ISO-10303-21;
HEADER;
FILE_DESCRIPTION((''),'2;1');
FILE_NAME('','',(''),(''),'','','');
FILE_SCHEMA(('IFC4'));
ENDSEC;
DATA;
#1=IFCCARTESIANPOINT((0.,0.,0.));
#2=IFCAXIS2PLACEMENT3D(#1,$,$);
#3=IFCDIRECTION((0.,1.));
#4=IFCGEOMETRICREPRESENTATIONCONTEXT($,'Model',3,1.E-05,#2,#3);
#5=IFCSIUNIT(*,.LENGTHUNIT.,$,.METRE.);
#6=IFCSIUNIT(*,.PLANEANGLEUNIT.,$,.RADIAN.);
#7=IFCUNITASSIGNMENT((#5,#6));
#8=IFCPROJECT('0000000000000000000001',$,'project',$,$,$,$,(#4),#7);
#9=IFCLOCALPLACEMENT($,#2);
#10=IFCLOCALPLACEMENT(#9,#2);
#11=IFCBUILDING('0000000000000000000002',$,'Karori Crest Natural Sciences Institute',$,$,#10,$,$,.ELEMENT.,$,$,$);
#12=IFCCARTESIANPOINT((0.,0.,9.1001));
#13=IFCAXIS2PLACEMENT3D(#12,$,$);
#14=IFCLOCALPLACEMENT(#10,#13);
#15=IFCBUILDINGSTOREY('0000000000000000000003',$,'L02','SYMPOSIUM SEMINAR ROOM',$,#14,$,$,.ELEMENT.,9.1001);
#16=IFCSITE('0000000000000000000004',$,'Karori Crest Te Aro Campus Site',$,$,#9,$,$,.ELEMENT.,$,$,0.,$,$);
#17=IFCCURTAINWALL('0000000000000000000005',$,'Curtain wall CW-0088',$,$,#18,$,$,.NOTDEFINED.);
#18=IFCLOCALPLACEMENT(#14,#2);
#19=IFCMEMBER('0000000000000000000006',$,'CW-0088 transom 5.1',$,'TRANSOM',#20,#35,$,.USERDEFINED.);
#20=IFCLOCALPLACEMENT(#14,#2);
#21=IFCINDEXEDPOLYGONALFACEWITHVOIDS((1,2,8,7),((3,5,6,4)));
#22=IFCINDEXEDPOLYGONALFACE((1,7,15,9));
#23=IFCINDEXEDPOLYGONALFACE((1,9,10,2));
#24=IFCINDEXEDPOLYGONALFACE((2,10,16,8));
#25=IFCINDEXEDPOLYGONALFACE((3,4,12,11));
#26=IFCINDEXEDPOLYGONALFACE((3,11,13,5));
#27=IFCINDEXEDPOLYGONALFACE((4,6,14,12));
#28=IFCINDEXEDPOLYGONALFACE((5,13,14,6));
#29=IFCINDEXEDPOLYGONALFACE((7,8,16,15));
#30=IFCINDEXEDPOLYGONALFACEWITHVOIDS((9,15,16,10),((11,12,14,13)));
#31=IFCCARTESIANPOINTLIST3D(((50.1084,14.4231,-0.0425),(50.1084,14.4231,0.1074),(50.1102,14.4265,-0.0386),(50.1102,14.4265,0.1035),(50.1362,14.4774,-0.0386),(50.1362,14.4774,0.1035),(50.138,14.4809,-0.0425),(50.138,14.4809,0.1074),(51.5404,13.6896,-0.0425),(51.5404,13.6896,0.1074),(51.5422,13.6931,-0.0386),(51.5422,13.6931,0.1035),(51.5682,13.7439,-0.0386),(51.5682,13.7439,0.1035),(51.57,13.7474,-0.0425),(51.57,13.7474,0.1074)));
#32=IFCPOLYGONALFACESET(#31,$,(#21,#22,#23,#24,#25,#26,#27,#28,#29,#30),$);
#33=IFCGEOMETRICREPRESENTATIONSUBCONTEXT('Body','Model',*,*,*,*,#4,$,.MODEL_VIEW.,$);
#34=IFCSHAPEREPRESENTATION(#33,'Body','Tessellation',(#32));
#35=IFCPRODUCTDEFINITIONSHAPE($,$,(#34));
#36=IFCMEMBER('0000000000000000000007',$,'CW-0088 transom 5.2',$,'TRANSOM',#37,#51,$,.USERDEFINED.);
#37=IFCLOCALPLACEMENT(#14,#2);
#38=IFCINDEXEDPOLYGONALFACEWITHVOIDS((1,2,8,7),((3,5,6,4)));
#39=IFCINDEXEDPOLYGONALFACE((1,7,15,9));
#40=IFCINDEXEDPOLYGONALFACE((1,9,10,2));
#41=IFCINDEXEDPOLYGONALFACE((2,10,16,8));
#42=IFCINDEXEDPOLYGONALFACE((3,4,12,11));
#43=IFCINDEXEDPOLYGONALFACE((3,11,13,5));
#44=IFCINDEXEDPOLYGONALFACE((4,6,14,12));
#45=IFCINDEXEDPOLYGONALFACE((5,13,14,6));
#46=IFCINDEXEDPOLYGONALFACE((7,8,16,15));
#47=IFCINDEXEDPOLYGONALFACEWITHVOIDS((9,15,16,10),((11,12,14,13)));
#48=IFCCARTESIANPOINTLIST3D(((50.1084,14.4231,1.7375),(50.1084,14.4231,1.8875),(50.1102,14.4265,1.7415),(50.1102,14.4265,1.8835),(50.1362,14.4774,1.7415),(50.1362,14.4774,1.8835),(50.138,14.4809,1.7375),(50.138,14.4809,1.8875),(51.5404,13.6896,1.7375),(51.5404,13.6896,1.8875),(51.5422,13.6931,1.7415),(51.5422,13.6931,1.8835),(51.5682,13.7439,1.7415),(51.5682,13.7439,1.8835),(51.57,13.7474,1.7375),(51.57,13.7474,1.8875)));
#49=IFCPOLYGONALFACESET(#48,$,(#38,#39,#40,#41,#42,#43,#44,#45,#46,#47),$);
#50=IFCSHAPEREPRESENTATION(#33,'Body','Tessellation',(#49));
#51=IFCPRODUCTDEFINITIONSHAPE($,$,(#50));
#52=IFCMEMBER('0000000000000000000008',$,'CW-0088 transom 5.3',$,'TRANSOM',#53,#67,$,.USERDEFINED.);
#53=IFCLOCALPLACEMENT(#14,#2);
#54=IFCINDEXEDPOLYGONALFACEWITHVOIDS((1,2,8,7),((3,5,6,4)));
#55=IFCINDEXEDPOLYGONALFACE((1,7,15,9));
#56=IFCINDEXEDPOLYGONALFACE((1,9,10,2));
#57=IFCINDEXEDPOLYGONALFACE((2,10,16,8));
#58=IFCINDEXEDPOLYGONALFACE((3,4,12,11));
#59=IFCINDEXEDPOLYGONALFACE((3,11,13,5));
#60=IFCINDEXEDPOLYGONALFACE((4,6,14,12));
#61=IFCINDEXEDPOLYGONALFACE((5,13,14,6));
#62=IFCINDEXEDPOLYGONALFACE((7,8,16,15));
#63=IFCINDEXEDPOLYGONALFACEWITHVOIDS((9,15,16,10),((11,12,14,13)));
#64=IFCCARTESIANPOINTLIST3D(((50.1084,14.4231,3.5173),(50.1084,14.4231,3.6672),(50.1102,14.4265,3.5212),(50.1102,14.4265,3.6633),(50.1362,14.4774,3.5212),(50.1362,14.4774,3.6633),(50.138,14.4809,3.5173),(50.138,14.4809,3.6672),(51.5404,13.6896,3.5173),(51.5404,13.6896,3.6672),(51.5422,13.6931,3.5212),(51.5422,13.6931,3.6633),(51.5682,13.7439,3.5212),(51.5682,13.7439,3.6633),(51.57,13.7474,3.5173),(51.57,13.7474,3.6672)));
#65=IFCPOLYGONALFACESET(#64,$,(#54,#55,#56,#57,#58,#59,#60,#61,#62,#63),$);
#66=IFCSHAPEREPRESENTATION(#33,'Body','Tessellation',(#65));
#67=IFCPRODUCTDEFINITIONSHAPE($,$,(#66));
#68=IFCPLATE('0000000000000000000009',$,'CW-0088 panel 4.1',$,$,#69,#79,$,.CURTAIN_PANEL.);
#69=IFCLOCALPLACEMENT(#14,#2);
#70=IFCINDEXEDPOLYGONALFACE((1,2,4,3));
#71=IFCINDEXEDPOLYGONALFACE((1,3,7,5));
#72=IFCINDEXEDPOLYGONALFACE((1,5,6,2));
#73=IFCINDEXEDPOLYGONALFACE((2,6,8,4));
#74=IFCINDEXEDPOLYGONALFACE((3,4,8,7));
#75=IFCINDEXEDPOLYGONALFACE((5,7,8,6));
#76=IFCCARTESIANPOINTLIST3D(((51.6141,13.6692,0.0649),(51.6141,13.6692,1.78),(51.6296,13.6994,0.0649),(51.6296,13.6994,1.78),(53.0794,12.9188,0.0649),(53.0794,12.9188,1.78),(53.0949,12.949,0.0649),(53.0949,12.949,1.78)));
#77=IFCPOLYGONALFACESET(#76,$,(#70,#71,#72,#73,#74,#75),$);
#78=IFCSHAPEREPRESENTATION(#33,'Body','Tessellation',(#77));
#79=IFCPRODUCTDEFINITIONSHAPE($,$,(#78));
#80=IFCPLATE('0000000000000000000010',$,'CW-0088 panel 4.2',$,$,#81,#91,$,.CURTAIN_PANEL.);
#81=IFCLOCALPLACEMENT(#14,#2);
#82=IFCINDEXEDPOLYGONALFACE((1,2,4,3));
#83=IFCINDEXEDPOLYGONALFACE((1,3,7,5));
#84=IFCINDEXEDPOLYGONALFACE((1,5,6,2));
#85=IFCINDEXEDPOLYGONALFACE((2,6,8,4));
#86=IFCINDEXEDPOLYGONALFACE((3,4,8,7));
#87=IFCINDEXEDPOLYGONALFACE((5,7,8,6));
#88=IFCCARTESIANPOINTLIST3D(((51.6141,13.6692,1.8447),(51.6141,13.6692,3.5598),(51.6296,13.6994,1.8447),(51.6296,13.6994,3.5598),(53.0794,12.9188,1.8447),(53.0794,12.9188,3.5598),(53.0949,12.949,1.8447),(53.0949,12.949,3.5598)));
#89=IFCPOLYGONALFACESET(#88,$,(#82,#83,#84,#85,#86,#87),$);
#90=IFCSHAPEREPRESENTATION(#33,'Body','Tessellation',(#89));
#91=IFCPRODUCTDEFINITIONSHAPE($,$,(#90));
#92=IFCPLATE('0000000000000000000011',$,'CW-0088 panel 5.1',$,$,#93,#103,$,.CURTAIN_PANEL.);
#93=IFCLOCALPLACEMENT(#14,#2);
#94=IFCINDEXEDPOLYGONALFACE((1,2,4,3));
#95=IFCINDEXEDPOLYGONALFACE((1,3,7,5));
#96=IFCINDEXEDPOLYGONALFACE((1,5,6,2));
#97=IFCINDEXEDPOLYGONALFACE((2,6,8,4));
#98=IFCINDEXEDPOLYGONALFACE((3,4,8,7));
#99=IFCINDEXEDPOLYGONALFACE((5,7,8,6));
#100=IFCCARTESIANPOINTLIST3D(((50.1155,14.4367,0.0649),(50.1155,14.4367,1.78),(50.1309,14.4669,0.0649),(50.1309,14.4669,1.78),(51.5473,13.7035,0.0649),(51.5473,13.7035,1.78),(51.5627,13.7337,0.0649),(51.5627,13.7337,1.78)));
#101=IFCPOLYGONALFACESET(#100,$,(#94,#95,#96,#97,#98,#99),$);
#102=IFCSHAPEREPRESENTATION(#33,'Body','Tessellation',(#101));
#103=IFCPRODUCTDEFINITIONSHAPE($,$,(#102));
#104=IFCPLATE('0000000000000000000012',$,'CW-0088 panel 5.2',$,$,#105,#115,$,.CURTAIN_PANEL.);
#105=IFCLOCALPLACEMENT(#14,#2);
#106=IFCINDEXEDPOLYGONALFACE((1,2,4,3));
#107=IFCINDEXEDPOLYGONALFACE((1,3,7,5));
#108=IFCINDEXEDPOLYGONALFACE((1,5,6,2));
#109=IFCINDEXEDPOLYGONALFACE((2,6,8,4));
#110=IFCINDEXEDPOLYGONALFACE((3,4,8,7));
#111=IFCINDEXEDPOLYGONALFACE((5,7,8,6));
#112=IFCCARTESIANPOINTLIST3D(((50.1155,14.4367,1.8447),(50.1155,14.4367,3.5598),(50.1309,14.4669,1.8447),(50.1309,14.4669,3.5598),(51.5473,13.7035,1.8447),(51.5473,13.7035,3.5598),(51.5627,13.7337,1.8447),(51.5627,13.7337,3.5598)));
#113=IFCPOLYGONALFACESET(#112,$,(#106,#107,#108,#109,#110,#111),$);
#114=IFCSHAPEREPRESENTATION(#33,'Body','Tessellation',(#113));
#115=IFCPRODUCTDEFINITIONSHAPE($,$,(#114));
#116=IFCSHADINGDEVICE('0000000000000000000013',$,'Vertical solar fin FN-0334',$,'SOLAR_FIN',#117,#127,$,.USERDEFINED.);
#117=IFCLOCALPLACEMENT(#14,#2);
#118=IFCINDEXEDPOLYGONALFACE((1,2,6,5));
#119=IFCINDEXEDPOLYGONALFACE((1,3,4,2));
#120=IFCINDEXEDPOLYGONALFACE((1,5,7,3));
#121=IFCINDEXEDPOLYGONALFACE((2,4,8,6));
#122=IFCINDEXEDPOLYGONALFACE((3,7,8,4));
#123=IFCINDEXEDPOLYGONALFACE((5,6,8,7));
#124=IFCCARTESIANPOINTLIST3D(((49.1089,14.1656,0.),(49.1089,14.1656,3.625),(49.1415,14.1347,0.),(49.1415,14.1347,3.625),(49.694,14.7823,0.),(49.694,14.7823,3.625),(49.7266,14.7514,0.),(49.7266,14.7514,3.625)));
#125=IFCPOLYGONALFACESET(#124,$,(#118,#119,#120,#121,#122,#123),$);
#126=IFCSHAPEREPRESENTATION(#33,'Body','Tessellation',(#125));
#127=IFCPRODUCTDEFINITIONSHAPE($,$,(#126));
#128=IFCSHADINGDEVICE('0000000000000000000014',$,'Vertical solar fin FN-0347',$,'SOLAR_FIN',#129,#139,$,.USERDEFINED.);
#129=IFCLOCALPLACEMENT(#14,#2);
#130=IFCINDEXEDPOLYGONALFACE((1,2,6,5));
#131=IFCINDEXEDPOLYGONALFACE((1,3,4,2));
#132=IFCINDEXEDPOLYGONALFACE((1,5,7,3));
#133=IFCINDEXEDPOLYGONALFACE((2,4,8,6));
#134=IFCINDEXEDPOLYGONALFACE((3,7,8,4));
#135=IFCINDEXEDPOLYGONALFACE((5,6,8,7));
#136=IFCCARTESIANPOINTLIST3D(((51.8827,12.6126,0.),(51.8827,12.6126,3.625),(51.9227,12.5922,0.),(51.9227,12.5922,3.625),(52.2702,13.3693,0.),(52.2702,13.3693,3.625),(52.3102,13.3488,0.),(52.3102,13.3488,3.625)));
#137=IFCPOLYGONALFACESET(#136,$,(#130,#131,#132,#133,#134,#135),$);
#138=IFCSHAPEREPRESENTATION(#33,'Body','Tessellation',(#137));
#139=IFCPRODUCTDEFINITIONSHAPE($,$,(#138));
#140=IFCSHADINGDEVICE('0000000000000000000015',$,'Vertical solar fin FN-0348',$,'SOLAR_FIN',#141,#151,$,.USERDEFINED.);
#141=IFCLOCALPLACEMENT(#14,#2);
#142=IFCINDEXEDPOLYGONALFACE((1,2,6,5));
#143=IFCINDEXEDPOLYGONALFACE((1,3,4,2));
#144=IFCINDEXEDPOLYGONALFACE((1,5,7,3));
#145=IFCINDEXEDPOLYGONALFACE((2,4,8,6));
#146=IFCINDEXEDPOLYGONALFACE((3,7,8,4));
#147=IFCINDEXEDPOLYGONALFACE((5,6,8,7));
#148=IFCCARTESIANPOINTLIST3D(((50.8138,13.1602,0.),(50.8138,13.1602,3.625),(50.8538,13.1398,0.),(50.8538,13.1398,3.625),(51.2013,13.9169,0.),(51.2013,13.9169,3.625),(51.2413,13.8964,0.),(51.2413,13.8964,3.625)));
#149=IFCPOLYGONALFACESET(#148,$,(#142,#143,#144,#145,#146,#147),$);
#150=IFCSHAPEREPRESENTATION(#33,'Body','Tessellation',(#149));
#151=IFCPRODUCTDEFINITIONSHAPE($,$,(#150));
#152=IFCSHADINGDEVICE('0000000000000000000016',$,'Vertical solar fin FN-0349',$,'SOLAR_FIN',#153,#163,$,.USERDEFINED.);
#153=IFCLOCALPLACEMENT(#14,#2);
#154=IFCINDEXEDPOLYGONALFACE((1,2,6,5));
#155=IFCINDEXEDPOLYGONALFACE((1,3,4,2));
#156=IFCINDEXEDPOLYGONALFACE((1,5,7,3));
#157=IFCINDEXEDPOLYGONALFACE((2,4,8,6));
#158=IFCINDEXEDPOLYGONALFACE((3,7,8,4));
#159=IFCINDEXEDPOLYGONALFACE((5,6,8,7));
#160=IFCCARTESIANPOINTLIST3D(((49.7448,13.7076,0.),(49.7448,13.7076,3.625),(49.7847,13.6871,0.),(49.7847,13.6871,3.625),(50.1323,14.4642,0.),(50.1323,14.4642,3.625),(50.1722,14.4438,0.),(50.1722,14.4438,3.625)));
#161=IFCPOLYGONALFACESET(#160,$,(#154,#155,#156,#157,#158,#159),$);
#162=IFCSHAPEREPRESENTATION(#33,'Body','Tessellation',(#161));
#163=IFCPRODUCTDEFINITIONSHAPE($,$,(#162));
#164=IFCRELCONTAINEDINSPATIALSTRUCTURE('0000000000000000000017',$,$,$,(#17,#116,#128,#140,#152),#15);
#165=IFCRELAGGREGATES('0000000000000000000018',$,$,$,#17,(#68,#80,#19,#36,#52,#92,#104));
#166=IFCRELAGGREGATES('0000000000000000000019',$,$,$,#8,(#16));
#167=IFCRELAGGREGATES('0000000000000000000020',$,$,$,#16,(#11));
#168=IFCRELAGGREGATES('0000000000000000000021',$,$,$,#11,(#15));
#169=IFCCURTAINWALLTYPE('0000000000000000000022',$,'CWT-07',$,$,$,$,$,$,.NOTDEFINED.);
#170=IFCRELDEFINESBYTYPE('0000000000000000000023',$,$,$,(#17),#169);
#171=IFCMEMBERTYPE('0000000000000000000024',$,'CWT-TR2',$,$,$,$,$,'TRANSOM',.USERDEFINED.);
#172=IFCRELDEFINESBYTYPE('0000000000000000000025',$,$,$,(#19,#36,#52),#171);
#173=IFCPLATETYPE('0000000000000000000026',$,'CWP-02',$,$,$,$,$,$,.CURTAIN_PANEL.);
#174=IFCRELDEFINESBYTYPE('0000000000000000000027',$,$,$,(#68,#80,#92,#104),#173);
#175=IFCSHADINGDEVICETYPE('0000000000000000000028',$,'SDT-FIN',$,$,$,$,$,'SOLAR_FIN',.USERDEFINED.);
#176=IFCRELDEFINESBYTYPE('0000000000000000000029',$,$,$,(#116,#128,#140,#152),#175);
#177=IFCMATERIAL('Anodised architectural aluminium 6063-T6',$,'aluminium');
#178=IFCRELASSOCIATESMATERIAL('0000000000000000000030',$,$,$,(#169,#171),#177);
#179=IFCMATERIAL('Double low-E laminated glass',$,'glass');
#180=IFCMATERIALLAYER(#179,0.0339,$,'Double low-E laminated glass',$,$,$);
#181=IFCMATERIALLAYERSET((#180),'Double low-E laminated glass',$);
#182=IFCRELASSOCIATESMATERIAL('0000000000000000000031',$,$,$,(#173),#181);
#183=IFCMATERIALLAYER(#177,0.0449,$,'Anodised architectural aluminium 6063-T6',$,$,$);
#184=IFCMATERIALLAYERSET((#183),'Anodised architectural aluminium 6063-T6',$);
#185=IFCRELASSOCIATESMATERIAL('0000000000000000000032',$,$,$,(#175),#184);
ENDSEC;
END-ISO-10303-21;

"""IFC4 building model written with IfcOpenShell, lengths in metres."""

from ifc_helpers import new_model, si_unit, direction, frame, origin, origin_2d, place, context, subcontext, project, spatial, rectangle, hollow_rectangle, extrude, material, layer, layer_set, material_profile, profile_set, type_object, element, aggregate, save


model = new_model("IFC4")

# Units and contexts
model_context = context("Model", 3, precision=1e-05, world=origin(), true_north=direction((0.0, 1.0)))
body_context = subcontext(model_context, "Body", "Model", "MODEL_VIEW")
ifc_project = project(units=[si_unit("LENGTHUNIT", "METRE"), si_unit("PLANEANGLEUNIT", "RADIAN")], contexts=[model_context])

# Site, building, storey
site_placement = place(None, origin())
site = spatial("IfcSite", under=ifc_project, at=site_placement, Name="Karori Crest Te Aro Campus Site", CompositionType="ELEMENT", RefElevation=0.0)
building_placement = place(site_placement, origin())
building = spatial("IfcBuilding", under=site, at=building_placement, Name="Karori Crest Natural Sciences Institute", CompositionType="ELEMENT")
storey_placement = place(building_placement, frame((0.0, 0.0, 9.1001)))
storey = spatial("IfcBuildingStorey", under=building, at=storey_placement, Name="L02", Description="SYMPOSIUM SEMINAR ROOM", CompositionType="ELEMENT", Elevation=9.1001)

# Curtain wall, members, plates
ifc_material_1 = material(Name="Anodised architectural aluminium 6063-T6", Category="aluminium")
curtain_wall_type = type_object("IfcCurtainWallType", Name="CWT-07", PredefinedType="NOTDEFINED", material=ifc_material_1)
curtain_wall_placement = place(storey_placement, origin())
curtain_wall = element("IfcCurtainWall", 1, at=curtain_wall_placement, inside=storey, type_object=curtain_wall_type, Name="Curtain wall CW-0088", PredefinedType="NOTDEFINED")
ifc_material_profile_1 = material_profile(ifc_material_1, hollow_rectangle(XDim=0.0649, YDim=0.1499, WallThickness=0.0039, at=origin_2d()), Name="CWT150x65x4")
ifc_profile_set_1 = profile_set([ifc_material_profile_1], Name="Anodised architectural aluminium 6063-T6")
member_type_1 = type_object("IfcMemberType", Name="CWT-TR2", ElementType="TRANSOM", PredefinedType="USERDEFINED", material=ifc_profile_set_1)
member_1_placement = place(storey_placement, frame((51.5552, 13.7185, 0.0325), z_axis=(-0.890045, 0.455873, 0.0), x_axis=(-0.455873, -0.890045, 0.0)))
member_1 = element("IfcMember", 2, at=member_1_placement, type_object=member_type_1, Name="CW-0088 transom 5.1", ObjectType="TRANSOM", PredefinedType="USERDEFINED", context=body_context, shape_type="SweptSolid", body=[
    extrude(hollow_rectangle(XDim=0.0649, YDim=0.1499, WallThickness=0.0039, at=origin_2d()), origin(), (0.0, 0.0, 1.0), 1.6089),
])
member_2_placement = place(storey_placement, frame((51.5552, 13.7185, 1.8125), z_axis=(-0.890045, 0.455873, 0.0), x_axis=(-0.455873, -0.890045, 0.0)))
member_2 = element("IfcMember", 3, at=member_2_placement, type_object=member_type_1, Name="CW-0088 transom 5.2", ObjectType="TRANSOM", PredefinedType="USERDEFINED", context=body_context, shape_type="SweptSolid", body=[
    extrude(hollow_rectangle(XDim=0.0649, YDim=0.1499, WallThickness=0.0039, at=origin_2d()), origin(), (0.0, 0.0, 1.0), 1.6089),
])
member_3_placement = place(storey_placement, frame((51.5552, 13.7185, 3.5923), z_axis=(-0.890045, 0.455873, 0.0), x_axis=(-0.455873, -0.890045, 0.0)))
member_3 = element("IfcMember", 4, at=member_3_placement, type_object=member_type_1, Name="CW-0088 transom 5.3", ObjectType="TRANSOM", PredefinedType="USERDEFINED", context=body_context, shape_type="SweptSolid", body=[
    extrude(hollow_rectangle(XDim=0.0649, YDim=0.1499, WallThickness=0.0039, at=origin_2d()), origin(), (0.0, 0.0, 1.0), 1.6089),
])
ifc_material_2 = material(Name="Double low-E laminated glass", Category="glass")
ifc_layer_1 = layer(ifc_material_2, 0.0339, Name="Double low-E laminated glass")
ifc_layer_set_1 = layer_set([ifc_layer_1], Name="Double low-E laminated glass")
plate_type = type_object("IfcPlateType", Name="CWP-02", PredefinedType="CURTAIN_PANEL", material=ifc_layer_set_1)
plate_1_placement = place(storey_placement, frame((52.3545, 13.3091, 0.0649), z_axis=(0.0, 0.0, 1.0), x_axis=(-0.890065, 0.455833, 0.0)))
plate_1 = element("IfcPlate", 5, at=plate_1_placement, type_object=plate_type, Name="CW-0088 panel 4.1", PredefinedType="CURTAIN_PANEL", context=body_context, shape_type="SweptSolid", body=[
    extrude(rectangle(XDim=1.6462, YDim=0.0339, at=origin_2d()), origin(), (0.0, 0.0, 1.0), 1.7151),
])
plate_2_placement = place(storey_placement, frame((52.3545, 13.3091, 1.8447), z_axis=(0.0, 0.0, 1.0), x_axis=(-0.890065, 0.455833, 0.0)))
plate_2 = element("IfcPlate", 6, at=plate_2_placement, type_object=plate_type, Name="CW-0088 panel 4.2", PredefinedType="CURTAIN_PANEL", context=body_context, shape_type="SweptSolid", body=[
    extrude(rectangle(XDim=1.6462, YDim=0.0339, at=origin_2d()), origin(), (0.0, 0.0, 1.0), 1.7151),
])
plate_3_placement = place(storey_placement, frame((50.8391, 14.0852, 0.0649), z_axis=(0.0, 0.0, 1.0), x_axis=(-0.890065, 0.455833, 0.0)))
plate_3 = element("IfcPlate", 7, at=plate_3_placement, type_object=plate_type, Name="CW-0088 panel 5.1", PredefinedType="CURTAIN_PANEL", context=body_context, shape_type="SweptSolid", body=[
    extrude(rectangle(XDim=1.6086, YDim=0.0339, at=origin_2d()), origin(), (0.0, 0.0, 1.0), 1.7151),
])
plate_4_placement = place(storey_placement, frame((50.8391, 14.0852, 1.8447), z_axis=(0.0, 0.0, 1.0), x_axis=(-0.890065, 0.455833, 0.0)))
plate_4 = element("IfcPlate", 8, at=plate_4_placement, type_object=plate_type, Name="CW-0088 panel 5.2", PredefinedType="CURTAIN_PANEL", context=body_context, shape_type="SweptSolid", body=[
    extrude(rectangle(XDim=1.6086, YDim=0.0339, at=origin_2d()), origin(), (0.0, 0.0, 1.0), 1.7151),
])
aggregate(curtain_wall, [plate_1, plate_2, member_1, member_2, member_3, plate_3, plate_4])

# Shading devices
ifc_layer_2 = layer(ifc_material_1, 0.0449, Name="Anodised architectural aluminium 6063-T6")
ifc_layer_set_2 = layer_set([ifc_layer_2], Name="Anodised architectural aluminium 6063-T6")
shading_device_type = type_object("IfcShadingDeviceType", Name="SDT-FIN", ElementType="SOLAR_FIN", PredefinedType="USERDEFINED", material=ifc_layer_set_2)
for number, where, z_axis, x_axis, name in (
    (9, (49.4177, 14.4585, 0.0), (0.0, 0.0, 1.0), (-0.688246, -0.725478, 0.0), "Vertical solar fin FN-0334"),
    (10, (52.0964, 12.9807, 0.0), (0.0, 0.0, 1.0), (-0.455832, -0.890066, 0.0), "Vertical solar fin FN-0347"),
    (11, (51.0276, 13.5283, 0.0), (0.0, 0.0, 1.0), (-0.455832, -0.890066, 0.0), "Vertical solar fin FN-0348"),
    (12, (49.9585, 14.0757, 0.0), (0.0, 0.0, 1.0), (-0.455832, -0.890066, 0.0), "Vertical solar fin FN-0349"),
):
    element("IfcShadingDevice", number, at=place(storey_placement, frame(where, z_axis=z_axis, x_axis=x_axis)), inside=storey, type_object=shading_device_type, Name=name, ObjectType="SOLAR_FIN", PredefinedType="USERDEFINED", context=body_context, shape_type="SweptSolid", body=[
        extrude(rectangle(XDim=0.8501, YDim=0.0449, at=origin_2d()), origin(), (0.0, 0.0, 1.0), 3.625),
    ])

save(model, "model.ifc")
